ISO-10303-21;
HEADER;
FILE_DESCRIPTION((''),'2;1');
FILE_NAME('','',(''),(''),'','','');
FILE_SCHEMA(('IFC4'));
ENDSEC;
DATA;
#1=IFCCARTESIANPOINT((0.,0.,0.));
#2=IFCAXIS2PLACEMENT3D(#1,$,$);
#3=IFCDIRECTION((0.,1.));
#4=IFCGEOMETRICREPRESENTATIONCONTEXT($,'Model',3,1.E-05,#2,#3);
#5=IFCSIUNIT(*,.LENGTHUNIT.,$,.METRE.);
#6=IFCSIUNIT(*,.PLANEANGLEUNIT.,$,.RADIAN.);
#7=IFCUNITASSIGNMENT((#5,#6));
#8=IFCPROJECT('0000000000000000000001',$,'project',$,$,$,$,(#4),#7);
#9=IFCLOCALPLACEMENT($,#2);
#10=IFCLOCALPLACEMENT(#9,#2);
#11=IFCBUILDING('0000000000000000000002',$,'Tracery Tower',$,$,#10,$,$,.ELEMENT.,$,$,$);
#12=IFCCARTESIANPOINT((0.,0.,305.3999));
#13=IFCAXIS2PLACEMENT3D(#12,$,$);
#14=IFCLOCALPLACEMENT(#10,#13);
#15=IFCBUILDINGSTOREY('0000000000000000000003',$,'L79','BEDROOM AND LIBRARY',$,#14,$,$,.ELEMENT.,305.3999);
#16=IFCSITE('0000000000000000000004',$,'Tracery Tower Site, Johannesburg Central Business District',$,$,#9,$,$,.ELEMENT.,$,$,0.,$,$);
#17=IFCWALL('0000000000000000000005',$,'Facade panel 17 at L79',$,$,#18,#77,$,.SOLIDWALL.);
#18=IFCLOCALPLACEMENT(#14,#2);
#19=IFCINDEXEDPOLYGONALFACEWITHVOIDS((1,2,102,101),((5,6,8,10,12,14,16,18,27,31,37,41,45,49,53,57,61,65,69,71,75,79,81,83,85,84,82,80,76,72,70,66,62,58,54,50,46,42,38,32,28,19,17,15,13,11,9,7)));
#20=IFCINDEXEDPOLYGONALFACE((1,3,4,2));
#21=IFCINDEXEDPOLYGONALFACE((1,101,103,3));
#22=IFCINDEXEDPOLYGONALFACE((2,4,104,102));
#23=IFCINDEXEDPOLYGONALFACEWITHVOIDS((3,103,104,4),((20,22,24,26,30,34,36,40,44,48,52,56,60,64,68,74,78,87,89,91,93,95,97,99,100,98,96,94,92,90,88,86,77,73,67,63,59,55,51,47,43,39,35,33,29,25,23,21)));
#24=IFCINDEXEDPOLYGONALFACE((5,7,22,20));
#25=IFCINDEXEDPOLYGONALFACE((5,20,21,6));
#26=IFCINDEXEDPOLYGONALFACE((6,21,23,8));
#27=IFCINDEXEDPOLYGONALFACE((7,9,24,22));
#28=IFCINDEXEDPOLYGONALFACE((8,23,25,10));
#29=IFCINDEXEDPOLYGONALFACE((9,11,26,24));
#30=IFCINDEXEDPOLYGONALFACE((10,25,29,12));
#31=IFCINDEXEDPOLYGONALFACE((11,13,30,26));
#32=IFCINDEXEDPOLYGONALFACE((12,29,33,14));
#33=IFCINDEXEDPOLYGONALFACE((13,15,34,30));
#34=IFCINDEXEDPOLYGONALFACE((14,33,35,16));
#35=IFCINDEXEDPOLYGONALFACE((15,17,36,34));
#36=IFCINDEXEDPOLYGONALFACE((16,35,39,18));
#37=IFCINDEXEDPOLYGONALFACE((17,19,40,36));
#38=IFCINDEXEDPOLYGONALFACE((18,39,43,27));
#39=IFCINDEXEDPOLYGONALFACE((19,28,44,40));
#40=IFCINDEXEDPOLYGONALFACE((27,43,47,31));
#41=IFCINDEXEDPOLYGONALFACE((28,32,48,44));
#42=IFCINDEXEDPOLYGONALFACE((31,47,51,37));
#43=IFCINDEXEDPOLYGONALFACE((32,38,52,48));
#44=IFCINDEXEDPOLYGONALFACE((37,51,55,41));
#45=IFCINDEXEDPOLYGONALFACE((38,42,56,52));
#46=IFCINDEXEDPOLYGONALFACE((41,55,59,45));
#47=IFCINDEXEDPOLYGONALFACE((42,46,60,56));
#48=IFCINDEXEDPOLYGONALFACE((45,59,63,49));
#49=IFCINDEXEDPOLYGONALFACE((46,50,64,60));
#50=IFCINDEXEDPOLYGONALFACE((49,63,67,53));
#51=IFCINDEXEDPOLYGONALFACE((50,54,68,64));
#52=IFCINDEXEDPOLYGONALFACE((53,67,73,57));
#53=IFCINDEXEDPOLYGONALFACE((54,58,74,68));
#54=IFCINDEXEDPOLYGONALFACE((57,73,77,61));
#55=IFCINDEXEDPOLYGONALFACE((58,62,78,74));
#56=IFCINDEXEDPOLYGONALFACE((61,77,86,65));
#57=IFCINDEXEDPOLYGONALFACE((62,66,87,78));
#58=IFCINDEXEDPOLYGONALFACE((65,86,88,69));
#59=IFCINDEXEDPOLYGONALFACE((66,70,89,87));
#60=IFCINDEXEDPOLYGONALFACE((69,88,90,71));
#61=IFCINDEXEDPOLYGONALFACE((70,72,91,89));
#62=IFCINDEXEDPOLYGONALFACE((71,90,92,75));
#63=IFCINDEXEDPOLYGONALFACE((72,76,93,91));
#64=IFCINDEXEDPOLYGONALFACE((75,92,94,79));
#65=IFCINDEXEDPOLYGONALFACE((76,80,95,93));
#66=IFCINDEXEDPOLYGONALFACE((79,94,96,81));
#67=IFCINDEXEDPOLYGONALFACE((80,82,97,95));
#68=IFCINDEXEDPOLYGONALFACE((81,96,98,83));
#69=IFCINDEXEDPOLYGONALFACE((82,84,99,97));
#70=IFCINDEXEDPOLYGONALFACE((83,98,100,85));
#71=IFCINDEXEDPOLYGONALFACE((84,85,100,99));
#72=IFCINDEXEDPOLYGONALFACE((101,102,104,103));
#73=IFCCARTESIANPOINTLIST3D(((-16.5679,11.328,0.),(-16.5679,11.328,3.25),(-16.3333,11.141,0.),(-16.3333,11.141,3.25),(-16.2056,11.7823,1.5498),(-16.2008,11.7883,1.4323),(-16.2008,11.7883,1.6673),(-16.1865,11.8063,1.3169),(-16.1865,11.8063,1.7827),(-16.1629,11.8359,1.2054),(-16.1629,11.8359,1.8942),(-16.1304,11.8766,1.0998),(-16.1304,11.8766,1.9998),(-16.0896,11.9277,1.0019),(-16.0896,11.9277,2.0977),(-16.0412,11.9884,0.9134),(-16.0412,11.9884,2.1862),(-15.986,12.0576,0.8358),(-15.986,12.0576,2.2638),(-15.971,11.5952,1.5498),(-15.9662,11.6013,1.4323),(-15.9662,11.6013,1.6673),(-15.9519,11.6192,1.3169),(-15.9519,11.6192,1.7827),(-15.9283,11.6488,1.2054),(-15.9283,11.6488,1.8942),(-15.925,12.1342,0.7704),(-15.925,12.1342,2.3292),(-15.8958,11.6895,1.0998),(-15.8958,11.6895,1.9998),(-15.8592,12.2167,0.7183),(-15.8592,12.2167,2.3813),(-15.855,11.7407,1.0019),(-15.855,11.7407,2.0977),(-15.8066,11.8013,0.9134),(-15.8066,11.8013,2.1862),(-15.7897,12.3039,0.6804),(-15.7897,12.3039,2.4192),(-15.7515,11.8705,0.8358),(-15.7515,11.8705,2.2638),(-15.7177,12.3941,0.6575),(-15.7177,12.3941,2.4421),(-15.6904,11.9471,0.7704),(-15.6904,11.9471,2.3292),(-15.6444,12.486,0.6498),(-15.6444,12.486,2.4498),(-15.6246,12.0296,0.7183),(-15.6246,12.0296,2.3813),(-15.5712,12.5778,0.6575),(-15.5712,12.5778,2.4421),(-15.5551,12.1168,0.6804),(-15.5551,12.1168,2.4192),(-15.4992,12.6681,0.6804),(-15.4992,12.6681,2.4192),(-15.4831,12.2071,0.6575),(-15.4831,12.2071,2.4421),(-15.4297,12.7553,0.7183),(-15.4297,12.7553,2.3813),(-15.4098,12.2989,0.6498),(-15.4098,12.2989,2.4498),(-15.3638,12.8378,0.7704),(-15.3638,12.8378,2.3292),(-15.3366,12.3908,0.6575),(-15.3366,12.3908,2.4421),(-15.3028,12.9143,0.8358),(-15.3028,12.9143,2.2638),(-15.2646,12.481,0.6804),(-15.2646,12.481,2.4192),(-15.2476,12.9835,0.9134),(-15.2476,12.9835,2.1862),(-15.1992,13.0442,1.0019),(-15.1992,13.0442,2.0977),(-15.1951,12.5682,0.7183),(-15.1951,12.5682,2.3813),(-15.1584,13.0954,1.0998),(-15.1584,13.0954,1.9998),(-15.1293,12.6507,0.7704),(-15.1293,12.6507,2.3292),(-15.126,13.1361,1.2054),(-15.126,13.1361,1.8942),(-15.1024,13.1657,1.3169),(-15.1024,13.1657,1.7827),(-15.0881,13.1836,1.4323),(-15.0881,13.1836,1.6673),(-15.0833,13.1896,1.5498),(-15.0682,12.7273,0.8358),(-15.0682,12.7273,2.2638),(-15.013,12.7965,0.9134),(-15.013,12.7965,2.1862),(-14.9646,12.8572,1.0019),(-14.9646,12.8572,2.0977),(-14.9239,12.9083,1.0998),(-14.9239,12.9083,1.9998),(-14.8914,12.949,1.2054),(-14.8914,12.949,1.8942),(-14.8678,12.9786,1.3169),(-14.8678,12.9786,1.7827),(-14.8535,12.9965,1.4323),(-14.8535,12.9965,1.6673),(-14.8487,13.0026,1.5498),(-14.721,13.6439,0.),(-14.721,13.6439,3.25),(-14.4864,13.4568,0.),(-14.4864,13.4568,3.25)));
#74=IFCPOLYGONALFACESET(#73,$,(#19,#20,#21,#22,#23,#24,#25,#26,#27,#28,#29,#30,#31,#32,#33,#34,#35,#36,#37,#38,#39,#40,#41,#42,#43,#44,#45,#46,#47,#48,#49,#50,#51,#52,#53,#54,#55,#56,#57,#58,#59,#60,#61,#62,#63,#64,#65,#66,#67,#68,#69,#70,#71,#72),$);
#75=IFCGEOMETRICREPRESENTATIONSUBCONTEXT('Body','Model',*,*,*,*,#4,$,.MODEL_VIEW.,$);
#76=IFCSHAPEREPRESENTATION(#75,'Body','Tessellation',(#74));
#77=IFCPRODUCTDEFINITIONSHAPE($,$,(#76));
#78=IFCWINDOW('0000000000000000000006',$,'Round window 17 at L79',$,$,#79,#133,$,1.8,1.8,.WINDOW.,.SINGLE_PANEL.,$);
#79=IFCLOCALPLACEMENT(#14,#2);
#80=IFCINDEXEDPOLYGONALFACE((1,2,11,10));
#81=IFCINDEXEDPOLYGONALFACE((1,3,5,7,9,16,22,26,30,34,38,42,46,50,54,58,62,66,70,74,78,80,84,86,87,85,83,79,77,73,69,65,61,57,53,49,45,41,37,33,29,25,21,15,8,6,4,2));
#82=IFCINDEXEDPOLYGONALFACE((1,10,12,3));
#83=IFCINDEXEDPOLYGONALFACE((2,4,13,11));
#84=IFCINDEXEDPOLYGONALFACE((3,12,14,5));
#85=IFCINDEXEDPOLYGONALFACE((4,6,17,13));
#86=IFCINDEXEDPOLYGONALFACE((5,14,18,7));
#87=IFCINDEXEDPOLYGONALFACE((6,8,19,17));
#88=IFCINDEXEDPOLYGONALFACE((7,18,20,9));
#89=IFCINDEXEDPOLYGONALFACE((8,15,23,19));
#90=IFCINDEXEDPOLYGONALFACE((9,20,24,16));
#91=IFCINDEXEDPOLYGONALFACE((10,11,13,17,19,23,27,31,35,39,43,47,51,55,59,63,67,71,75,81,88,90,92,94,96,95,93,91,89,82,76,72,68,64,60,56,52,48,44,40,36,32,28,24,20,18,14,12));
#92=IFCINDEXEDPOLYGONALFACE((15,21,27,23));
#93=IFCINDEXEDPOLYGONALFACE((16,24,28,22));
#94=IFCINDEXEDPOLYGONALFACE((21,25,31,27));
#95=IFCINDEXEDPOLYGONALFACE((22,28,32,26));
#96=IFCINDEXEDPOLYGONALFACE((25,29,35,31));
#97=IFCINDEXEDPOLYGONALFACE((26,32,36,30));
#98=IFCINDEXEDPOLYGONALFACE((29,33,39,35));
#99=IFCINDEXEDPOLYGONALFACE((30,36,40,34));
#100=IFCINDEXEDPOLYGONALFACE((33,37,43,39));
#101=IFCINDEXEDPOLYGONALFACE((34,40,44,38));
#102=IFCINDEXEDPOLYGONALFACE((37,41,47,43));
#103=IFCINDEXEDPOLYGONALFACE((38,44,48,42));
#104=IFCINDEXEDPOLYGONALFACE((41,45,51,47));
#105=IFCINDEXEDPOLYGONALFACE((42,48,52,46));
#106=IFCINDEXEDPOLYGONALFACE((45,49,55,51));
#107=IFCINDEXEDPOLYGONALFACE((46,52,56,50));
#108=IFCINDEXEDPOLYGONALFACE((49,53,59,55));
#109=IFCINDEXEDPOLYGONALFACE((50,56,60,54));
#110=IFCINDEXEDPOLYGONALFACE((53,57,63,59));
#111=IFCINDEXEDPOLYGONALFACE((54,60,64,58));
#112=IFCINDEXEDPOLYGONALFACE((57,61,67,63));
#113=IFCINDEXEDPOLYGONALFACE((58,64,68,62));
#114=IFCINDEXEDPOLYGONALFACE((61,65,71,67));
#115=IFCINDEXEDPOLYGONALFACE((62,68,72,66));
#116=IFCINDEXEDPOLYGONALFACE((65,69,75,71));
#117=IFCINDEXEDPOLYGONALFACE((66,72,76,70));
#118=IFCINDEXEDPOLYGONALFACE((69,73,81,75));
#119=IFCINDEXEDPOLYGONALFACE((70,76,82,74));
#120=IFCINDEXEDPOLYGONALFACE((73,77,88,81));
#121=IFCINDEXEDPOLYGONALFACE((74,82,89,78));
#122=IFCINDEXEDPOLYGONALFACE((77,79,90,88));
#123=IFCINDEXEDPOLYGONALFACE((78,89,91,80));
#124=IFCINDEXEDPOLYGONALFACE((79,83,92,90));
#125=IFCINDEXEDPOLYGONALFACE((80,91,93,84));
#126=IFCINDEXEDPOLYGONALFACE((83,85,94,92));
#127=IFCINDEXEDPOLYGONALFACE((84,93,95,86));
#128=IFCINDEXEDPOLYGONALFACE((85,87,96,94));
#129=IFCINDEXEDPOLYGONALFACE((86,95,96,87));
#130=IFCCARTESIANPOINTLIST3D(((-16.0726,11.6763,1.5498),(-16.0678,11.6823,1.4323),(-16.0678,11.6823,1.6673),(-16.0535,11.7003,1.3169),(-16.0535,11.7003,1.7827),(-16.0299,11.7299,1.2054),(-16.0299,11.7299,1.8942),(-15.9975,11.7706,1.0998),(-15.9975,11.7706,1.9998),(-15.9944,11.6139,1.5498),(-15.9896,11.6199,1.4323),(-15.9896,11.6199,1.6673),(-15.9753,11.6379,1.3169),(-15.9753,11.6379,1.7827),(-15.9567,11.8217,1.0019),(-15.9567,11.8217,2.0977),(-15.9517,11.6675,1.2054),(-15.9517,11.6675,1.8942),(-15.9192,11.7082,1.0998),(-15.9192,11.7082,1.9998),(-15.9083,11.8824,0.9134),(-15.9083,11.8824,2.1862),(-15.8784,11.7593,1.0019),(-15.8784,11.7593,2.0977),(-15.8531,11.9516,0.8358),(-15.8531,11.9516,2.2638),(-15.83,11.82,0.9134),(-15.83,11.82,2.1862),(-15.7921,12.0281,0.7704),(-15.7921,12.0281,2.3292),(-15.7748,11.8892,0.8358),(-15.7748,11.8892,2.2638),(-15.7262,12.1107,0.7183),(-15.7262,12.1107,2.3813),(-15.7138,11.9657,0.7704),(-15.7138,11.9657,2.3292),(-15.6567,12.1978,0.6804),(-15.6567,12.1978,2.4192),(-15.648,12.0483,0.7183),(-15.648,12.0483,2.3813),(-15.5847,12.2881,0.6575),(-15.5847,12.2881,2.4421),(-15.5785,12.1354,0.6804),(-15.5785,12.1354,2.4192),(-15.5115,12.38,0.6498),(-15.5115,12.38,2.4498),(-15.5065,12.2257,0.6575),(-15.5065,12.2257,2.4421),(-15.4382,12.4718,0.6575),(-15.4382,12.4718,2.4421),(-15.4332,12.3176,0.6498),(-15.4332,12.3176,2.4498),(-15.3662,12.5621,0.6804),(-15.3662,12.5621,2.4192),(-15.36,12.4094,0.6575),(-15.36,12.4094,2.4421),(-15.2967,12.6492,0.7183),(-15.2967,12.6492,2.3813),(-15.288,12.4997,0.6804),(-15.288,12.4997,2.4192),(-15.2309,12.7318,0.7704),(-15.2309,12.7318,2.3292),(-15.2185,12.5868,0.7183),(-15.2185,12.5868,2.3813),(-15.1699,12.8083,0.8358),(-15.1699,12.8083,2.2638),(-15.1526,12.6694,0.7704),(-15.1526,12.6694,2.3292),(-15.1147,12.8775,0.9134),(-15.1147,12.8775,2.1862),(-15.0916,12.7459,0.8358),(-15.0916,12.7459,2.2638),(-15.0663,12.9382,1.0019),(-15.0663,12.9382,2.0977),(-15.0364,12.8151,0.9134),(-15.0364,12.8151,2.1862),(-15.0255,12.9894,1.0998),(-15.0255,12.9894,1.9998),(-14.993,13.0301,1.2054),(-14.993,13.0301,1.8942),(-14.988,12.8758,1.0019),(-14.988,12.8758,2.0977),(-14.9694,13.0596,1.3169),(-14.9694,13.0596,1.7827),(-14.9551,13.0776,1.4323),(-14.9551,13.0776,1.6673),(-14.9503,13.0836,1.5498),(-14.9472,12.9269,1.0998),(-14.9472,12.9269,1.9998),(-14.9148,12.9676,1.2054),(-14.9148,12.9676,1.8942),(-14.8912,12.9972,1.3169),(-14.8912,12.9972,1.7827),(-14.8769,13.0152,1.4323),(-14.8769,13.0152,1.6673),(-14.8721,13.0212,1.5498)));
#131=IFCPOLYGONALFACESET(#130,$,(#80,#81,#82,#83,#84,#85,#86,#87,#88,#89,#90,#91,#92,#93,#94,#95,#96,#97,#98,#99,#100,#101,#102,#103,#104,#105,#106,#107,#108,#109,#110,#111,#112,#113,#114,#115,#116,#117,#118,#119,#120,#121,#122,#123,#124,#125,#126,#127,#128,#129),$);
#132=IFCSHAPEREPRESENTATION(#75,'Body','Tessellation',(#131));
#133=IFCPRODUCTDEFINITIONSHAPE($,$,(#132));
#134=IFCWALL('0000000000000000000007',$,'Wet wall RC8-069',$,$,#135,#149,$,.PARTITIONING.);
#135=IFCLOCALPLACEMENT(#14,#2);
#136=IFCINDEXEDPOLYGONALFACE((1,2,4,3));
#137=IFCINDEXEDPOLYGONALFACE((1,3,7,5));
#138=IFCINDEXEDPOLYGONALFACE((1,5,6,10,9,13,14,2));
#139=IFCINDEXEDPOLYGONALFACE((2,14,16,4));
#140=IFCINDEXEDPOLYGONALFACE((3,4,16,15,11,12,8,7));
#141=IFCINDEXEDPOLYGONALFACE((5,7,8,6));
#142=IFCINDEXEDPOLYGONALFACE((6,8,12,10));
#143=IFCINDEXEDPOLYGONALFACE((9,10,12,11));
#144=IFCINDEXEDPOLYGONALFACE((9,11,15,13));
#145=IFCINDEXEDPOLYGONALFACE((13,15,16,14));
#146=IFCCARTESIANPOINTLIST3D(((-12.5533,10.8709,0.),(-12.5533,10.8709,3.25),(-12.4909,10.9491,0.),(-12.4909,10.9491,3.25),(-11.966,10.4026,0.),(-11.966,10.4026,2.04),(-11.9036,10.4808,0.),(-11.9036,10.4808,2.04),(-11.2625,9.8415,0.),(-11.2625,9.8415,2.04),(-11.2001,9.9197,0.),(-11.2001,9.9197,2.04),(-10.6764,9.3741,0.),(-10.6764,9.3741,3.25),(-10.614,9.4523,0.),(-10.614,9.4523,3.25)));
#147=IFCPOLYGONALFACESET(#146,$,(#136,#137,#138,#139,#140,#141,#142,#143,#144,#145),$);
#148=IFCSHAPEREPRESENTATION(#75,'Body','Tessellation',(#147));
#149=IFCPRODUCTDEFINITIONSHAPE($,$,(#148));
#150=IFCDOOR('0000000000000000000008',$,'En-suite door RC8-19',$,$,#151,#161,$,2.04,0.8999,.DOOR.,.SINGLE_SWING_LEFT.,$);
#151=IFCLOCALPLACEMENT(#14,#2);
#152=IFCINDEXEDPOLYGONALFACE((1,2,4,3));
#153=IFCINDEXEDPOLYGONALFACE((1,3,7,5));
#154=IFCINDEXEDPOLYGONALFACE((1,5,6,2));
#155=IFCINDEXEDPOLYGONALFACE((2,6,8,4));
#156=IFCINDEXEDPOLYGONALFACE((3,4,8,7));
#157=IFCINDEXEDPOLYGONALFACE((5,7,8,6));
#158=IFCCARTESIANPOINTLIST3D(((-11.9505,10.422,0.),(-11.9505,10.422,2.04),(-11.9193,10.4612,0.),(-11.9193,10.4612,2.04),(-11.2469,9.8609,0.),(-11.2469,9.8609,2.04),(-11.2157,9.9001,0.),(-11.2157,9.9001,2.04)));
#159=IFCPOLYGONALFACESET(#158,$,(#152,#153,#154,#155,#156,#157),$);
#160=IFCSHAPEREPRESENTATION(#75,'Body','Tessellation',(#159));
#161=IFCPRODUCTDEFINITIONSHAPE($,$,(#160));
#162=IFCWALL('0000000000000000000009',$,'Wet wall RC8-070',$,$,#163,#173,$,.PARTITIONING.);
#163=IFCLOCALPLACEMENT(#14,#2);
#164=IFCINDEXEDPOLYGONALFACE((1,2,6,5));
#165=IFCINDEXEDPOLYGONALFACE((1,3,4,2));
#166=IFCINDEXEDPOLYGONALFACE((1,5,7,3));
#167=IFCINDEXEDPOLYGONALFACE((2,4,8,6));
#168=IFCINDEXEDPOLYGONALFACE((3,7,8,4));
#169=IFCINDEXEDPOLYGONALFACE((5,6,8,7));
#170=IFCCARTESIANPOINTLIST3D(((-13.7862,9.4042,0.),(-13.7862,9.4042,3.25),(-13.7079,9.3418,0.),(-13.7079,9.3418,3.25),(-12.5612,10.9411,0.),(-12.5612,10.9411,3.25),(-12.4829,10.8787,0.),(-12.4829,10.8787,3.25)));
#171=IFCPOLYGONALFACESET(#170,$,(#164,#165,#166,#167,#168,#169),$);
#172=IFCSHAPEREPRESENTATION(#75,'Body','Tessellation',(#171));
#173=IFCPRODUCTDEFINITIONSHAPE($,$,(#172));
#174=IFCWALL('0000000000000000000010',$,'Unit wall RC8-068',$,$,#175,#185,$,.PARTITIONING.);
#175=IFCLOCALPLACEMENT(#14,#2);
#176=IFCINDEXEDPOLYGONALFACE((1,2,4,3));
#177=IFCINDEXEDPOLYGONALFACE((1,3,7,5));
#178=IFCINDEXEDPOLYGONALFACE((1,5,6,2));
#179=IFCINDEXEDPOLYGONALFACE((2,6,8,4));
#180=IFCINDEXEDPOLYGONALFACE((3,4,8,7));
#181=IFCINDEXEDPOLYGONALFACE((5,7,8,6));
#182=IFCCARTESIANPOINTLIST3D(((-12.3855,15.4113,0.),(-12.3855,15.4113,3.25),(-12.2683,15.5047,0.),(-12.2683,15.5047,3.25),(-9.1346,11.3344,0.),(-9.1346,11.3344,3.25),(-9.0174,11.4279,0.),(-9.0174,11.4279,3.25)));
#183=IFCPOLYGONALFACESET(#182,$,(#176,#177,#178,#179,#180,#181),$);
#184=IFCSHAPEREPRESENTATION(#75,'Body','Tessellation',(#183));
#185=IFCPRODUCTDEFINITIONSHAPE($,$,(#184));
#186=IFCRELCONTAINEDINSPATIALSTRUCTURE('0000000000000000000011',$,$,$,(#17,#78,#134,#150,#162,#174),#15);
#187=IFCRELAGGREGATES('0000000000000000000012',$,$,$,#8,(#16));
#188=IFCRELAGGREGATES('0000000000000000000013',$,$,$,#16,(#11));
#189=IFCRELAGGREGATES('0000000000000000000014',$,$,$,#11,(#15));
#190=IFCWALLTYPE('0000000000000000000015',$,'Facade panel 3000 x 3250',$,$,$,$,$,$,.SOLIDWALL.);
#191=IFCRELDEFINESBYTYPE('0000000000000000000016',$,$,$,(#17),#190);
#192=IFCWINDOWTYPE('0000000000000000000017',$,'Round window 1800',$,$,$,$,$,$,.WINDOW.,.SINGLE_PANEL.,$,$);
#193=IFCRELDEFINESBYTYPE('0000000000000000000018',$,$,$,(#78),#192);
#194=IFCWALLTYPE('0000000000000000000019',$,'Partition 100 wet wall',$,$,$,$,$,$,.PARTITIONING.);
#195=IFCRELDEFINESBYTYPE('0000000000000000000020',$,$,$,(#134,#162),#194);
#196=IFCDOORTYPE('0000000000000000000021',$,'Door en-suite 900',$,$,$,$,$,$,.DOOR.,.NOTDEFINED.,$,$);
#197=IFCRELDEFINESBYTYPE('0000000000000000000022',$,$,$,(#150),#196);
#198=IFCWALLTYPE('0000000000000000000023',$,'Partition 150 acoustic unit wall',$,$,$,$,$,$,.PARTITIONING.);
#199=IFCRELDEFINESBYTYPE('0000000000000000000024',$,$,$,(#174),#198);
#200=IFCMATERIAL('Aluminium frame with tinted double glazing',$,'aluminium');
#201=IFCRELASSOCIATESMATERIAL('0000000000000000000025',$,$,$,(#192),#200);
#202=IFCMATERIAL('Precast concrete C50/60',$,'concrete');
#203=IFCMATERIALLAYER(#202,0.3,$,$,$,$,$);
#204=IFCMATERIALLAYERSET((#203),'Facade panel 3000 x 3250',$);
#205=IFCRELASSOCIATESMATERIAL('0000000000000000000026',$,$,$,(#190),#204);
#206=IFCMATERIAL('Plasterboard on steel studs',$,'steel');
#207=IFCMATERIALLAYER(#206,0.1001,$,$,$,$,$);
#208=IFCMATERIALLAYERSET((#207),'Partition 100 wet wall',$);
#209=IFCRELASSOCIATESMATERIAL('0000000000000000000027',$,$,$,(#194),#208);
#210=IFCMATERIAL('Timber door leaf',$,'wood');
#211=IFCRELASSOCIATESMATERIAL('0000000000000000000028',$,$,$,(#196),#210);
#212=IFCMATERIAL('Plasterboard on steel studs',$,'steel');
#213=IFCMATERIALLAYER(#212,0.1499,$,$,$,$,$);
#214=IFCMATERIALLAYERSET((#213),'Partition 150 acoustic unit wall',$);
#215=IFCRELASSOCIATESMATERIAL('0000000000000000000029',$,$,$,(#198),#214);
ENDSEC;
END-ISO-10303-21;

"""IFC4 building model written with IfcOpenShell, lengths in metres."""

from ifc_helpers import new_model, si_unit, direction, frame, frame_2d, origin, origin_2d, place, context, subcontext, project, spatial, rectangle, circle, extrude, material, layer, layer_set, type_object, element, fill, save


model = new_model("IFC4")

# Units and contexts
model_context = context("Model", 3, precision=1e-05, world=origin(), true_north=direction((0.0, 1.0)))
body_context = subcontext(model_context, "Body", "Model", "MODEL_VIEW")
ifc_project = project(units=[si_unit("LENGTHUNIT", "METRE"), si_unit("PLANEANGLEUNIT", "RADIAN")], contexts=[model_context])

# Site, building, storey
site_placement = place(None, origin())
site = spatial("IfcSite", under=ifc_project, at=site_placement, Name="Tracery Tower Site, Johannesburg Central Business District", CompositionType="ELEMENT", RefElevation=0.0)
building_placement = place(site_placement, origin())
building = spatial("IfcBuilding", under=site, at=building_placement, Name="Tracery Tower", CompositionType="ELEMENT")
storey_placement = place(building_placement, frame((0.0, 0.0, 305.3999)))
storey = spatial("IfcBuildingStorey", under=building, at=storey_placement, Name="L79", Description="BEDROOM AND LIBRARY", CompositionType="ELEMENT", Elevation=305.3999)

# Wall, opening, window
ifc_material_1 = material(Name="Aluminium frame with tinted double glazing", Category="aluminium")
window_type = type_object("IfcWindowType", Name="Round window 1800", PartitioningType="SINGLE_PANEL", PredefinedType="WINDOW", material=ifc_material_1)
ifc_material_2 = material(Name="Precast concrete C50/60", Category="concrete")
ifc_layer_1 = layer(ifc_material_2, 0.3)
ifc_layer_set_1 = layer_set([ifc_layer_1], Name="Facade panel 3000 x 3250")
wall_type_1 = type_object("IfcWallType", Name="Facade panel 3000 x 3250", PredefinedType="SOLIDWALL", material=ifc_layer_set_1)
wall_1_placement = place(storey_placement, frame((-14.6038, 13.5503, 0.0), z_axis=(0.0, 0.0, 1.0), x_axis=(-0.623498, -0.781825, 0.0)))
wall_1 = element("IfcWall", 1, at=wall_1_placement, inside=storey, type_object=wall_type_1, Name="Facade panel 17 at L79", PredefinedType="SOLIDWALL", context=body_context, shape_type="SweptSolid", body=[
    extrude(rectangle(XDim=2.9622, YDim=0.3, at=frame_2d((1.481, 0.0))), origin(), (0.0, 0.0, 1.0), 3.25),
])
opening_1_placement = place(wall_1_placement, frame((1.481, 0.0, 1.5498)))
opening_1 = element("IfcOpeningElement", 2, at=opening_1_placement, cuts=wall_1, PredefinedType="OPENING", context=body_context, shape_type="SweptSolid", body=[
    extrude(circle(Radius=0.9, at=origin_2d()), frame((0.0, 0.1599, 0.0), z_axis=(0.0, -1.0, 0.0), x_axis=(1.0, 0.0, 0.0)), (0.0, 0.0, 1.0), 0.3201),
])
window_1_placement = place(opening_1_placement, origin())
window_1 = element("IfcWindow", 3, at=window_1_placement, inside=storey, type_object=window_type, Name="Round window 17 at L79", OverallHeight=1.8, OverallWidth=1.8, PartitioningType="SINGLE_PANEL", PredefinedType="WINDOW", context=body_context, shape_type="SweptSolid", body=[
    extrude(circle(Radius=0.9, at=origin_2d()), frame((0.0, 0.1201, 0.0), z_axis=(0.0, -1.0, 0.0), x_axis=(1.0, 0.0, 0.0)), (0.0, 0.0, 1.0), 0.1001),
])
fill(opening_1, window_1)

# Wall, opening, door
ifc_material_3 = material(Name="Plasterboard on steel studs", Category="steel")
ifc_layer_2 = layer(ifc_material_3, 0.1001)
ifc_layer_set_2 = layer_set([ifc_layer_2], Name="Partition 100 wet wall")
wall_type_2 = type_object("IfcWallType", Name="Partition 100 wet wall", PredefinedType="PARTITIONING", material=ifc_layer_set_2)
wall_2_placement = place(storey_placement, frame((-12.522, 10.9099, 0.0), z_axis=(0.0, 0.0, 1.0), x_axis=(0.78183, -0.623491, 0.0)))
wall_2 = element("IfcWall", 4, at=wall_2_placement, inside=storey, type_object=wall_type_2, Name="Wet wall RC8-069", PredefinedType="PARTITIONING", context=body_context, shape_type="SweptSolid", body=[
    extrude(rectangle(XDim=2.4006, YDim=0.1001, at=frame_2d((1.2002, 0.0))), origin(), (0.0, 0.0, 1.0), 3.25),
])
opening_2_placement = place(wall_2_placement, frame((0.751, 0.0, 0.0)))
opening_2 = element("IfcOpeningElement", 5, at=opening_2_placement, cuts=wall_2, PredefinedType="OPENING", context=body_context, shape_type="SweptSolid", body=[
    extrude(rectangle(XDim=0.8999, YDim=2.04, at=frame_2d((0.45, 1.02))), frame((0.0, 0.05, 0.0), z_axis=(0.0, -1.0, 0.0), x_axis=(1.0, 0.0, 0.0)), (0.0, 0.0, 1.0), 0.1001),
])
ifc_material_4 = material(Name="Timber door leaf", Category="wood")
door_type_1 = type_object("IfcDoorType", Name="Door en-suite 900", OperationType="NOTDEFINED", PredefinedType="DOOR", material=ifc_material_4)
door_1_placement = place(opening_2_placement, origin())
door_1 = element("IfcDoor", 6, at=door_1_placement, inside=storey, type_object=door_type_1, Name="En-suite door RC8-19", OperationType="SINGLE_SWING_LEFT", OverallHeight=2.04, OverallWidth=0.8999, PredefinedType="DOOR", context=body_context, shape_type="SweptSolid", body=[
    extrude(rectangle(XDim=0.8999, YDim=2.04, at=frame_2d((0.45, 1.02))), frame((0.0, 0.0249, 0.0), z_axis=(0.0, -1.0, 0.0), x_axis=(1.0, 0.0, 0.0)), (0.0, 0.0, 1.0), 0.05),
])
fill(opening_2, door_1)

# Walls
wall_3_placement = place(storey_placement, frame((-13.7471, 9.373, 0.0), z_axis=(0.0, 0.0, 1.0), x_axis=(0.623331, 0.781958, 0.0)))
element("IfcWall", 7, at=wall_3_placement, inside=storey, type_object=wall_type_2, Name="Wet wall RC8-070", PredefinedType="PARTITIONING", context=body_context, shape_type="SweptSolid", body=[
    extrude(rectangle(XDim=1.9653, YDim=0.1001, at=frame_2d((0.9827, 0.0))), origin(), (0.0, 0.0, 1.0), 3.25),
])
ifc_material_5 = material(Name="Plasterboard on steel studs", Category="steel")
ifc_layer_3 = layer(ifc_material_5, 0.1499)
ifc_layer_set_3 = layer_set([ifc_layer_3], Name="Partition 150 acoustic unit wall")
wall_type_3 = type_object("IfcWallType", Name="Partition 150 acoustic unit wall", PredefinedType="PARTITIONING", material=ifc_layer_set_3)
wall_4_placement = place(storey_placement, frame((-12.3269, 15.458, 0.0), z_axis=(0.0, 0.0, 1.0), x_axis=(0.623461, -0.781854, 0.0)))
element("IfcWall", 8, at=wall_4_placement, inside=storey, type_object=wall_type_3, Name="Unit wall RC8-068", PredefinedType="PARTITIONING", context=body_context, shape_type="SweptSolid", body=[
    extrude(rectangle(XDim=5.2144, YDim=0.1499, at=frame_2d((2.6072, 0.0))), origin(), (0.0, 0.0, 1.0), 3.25),
])

save(model, "model.ifc")
